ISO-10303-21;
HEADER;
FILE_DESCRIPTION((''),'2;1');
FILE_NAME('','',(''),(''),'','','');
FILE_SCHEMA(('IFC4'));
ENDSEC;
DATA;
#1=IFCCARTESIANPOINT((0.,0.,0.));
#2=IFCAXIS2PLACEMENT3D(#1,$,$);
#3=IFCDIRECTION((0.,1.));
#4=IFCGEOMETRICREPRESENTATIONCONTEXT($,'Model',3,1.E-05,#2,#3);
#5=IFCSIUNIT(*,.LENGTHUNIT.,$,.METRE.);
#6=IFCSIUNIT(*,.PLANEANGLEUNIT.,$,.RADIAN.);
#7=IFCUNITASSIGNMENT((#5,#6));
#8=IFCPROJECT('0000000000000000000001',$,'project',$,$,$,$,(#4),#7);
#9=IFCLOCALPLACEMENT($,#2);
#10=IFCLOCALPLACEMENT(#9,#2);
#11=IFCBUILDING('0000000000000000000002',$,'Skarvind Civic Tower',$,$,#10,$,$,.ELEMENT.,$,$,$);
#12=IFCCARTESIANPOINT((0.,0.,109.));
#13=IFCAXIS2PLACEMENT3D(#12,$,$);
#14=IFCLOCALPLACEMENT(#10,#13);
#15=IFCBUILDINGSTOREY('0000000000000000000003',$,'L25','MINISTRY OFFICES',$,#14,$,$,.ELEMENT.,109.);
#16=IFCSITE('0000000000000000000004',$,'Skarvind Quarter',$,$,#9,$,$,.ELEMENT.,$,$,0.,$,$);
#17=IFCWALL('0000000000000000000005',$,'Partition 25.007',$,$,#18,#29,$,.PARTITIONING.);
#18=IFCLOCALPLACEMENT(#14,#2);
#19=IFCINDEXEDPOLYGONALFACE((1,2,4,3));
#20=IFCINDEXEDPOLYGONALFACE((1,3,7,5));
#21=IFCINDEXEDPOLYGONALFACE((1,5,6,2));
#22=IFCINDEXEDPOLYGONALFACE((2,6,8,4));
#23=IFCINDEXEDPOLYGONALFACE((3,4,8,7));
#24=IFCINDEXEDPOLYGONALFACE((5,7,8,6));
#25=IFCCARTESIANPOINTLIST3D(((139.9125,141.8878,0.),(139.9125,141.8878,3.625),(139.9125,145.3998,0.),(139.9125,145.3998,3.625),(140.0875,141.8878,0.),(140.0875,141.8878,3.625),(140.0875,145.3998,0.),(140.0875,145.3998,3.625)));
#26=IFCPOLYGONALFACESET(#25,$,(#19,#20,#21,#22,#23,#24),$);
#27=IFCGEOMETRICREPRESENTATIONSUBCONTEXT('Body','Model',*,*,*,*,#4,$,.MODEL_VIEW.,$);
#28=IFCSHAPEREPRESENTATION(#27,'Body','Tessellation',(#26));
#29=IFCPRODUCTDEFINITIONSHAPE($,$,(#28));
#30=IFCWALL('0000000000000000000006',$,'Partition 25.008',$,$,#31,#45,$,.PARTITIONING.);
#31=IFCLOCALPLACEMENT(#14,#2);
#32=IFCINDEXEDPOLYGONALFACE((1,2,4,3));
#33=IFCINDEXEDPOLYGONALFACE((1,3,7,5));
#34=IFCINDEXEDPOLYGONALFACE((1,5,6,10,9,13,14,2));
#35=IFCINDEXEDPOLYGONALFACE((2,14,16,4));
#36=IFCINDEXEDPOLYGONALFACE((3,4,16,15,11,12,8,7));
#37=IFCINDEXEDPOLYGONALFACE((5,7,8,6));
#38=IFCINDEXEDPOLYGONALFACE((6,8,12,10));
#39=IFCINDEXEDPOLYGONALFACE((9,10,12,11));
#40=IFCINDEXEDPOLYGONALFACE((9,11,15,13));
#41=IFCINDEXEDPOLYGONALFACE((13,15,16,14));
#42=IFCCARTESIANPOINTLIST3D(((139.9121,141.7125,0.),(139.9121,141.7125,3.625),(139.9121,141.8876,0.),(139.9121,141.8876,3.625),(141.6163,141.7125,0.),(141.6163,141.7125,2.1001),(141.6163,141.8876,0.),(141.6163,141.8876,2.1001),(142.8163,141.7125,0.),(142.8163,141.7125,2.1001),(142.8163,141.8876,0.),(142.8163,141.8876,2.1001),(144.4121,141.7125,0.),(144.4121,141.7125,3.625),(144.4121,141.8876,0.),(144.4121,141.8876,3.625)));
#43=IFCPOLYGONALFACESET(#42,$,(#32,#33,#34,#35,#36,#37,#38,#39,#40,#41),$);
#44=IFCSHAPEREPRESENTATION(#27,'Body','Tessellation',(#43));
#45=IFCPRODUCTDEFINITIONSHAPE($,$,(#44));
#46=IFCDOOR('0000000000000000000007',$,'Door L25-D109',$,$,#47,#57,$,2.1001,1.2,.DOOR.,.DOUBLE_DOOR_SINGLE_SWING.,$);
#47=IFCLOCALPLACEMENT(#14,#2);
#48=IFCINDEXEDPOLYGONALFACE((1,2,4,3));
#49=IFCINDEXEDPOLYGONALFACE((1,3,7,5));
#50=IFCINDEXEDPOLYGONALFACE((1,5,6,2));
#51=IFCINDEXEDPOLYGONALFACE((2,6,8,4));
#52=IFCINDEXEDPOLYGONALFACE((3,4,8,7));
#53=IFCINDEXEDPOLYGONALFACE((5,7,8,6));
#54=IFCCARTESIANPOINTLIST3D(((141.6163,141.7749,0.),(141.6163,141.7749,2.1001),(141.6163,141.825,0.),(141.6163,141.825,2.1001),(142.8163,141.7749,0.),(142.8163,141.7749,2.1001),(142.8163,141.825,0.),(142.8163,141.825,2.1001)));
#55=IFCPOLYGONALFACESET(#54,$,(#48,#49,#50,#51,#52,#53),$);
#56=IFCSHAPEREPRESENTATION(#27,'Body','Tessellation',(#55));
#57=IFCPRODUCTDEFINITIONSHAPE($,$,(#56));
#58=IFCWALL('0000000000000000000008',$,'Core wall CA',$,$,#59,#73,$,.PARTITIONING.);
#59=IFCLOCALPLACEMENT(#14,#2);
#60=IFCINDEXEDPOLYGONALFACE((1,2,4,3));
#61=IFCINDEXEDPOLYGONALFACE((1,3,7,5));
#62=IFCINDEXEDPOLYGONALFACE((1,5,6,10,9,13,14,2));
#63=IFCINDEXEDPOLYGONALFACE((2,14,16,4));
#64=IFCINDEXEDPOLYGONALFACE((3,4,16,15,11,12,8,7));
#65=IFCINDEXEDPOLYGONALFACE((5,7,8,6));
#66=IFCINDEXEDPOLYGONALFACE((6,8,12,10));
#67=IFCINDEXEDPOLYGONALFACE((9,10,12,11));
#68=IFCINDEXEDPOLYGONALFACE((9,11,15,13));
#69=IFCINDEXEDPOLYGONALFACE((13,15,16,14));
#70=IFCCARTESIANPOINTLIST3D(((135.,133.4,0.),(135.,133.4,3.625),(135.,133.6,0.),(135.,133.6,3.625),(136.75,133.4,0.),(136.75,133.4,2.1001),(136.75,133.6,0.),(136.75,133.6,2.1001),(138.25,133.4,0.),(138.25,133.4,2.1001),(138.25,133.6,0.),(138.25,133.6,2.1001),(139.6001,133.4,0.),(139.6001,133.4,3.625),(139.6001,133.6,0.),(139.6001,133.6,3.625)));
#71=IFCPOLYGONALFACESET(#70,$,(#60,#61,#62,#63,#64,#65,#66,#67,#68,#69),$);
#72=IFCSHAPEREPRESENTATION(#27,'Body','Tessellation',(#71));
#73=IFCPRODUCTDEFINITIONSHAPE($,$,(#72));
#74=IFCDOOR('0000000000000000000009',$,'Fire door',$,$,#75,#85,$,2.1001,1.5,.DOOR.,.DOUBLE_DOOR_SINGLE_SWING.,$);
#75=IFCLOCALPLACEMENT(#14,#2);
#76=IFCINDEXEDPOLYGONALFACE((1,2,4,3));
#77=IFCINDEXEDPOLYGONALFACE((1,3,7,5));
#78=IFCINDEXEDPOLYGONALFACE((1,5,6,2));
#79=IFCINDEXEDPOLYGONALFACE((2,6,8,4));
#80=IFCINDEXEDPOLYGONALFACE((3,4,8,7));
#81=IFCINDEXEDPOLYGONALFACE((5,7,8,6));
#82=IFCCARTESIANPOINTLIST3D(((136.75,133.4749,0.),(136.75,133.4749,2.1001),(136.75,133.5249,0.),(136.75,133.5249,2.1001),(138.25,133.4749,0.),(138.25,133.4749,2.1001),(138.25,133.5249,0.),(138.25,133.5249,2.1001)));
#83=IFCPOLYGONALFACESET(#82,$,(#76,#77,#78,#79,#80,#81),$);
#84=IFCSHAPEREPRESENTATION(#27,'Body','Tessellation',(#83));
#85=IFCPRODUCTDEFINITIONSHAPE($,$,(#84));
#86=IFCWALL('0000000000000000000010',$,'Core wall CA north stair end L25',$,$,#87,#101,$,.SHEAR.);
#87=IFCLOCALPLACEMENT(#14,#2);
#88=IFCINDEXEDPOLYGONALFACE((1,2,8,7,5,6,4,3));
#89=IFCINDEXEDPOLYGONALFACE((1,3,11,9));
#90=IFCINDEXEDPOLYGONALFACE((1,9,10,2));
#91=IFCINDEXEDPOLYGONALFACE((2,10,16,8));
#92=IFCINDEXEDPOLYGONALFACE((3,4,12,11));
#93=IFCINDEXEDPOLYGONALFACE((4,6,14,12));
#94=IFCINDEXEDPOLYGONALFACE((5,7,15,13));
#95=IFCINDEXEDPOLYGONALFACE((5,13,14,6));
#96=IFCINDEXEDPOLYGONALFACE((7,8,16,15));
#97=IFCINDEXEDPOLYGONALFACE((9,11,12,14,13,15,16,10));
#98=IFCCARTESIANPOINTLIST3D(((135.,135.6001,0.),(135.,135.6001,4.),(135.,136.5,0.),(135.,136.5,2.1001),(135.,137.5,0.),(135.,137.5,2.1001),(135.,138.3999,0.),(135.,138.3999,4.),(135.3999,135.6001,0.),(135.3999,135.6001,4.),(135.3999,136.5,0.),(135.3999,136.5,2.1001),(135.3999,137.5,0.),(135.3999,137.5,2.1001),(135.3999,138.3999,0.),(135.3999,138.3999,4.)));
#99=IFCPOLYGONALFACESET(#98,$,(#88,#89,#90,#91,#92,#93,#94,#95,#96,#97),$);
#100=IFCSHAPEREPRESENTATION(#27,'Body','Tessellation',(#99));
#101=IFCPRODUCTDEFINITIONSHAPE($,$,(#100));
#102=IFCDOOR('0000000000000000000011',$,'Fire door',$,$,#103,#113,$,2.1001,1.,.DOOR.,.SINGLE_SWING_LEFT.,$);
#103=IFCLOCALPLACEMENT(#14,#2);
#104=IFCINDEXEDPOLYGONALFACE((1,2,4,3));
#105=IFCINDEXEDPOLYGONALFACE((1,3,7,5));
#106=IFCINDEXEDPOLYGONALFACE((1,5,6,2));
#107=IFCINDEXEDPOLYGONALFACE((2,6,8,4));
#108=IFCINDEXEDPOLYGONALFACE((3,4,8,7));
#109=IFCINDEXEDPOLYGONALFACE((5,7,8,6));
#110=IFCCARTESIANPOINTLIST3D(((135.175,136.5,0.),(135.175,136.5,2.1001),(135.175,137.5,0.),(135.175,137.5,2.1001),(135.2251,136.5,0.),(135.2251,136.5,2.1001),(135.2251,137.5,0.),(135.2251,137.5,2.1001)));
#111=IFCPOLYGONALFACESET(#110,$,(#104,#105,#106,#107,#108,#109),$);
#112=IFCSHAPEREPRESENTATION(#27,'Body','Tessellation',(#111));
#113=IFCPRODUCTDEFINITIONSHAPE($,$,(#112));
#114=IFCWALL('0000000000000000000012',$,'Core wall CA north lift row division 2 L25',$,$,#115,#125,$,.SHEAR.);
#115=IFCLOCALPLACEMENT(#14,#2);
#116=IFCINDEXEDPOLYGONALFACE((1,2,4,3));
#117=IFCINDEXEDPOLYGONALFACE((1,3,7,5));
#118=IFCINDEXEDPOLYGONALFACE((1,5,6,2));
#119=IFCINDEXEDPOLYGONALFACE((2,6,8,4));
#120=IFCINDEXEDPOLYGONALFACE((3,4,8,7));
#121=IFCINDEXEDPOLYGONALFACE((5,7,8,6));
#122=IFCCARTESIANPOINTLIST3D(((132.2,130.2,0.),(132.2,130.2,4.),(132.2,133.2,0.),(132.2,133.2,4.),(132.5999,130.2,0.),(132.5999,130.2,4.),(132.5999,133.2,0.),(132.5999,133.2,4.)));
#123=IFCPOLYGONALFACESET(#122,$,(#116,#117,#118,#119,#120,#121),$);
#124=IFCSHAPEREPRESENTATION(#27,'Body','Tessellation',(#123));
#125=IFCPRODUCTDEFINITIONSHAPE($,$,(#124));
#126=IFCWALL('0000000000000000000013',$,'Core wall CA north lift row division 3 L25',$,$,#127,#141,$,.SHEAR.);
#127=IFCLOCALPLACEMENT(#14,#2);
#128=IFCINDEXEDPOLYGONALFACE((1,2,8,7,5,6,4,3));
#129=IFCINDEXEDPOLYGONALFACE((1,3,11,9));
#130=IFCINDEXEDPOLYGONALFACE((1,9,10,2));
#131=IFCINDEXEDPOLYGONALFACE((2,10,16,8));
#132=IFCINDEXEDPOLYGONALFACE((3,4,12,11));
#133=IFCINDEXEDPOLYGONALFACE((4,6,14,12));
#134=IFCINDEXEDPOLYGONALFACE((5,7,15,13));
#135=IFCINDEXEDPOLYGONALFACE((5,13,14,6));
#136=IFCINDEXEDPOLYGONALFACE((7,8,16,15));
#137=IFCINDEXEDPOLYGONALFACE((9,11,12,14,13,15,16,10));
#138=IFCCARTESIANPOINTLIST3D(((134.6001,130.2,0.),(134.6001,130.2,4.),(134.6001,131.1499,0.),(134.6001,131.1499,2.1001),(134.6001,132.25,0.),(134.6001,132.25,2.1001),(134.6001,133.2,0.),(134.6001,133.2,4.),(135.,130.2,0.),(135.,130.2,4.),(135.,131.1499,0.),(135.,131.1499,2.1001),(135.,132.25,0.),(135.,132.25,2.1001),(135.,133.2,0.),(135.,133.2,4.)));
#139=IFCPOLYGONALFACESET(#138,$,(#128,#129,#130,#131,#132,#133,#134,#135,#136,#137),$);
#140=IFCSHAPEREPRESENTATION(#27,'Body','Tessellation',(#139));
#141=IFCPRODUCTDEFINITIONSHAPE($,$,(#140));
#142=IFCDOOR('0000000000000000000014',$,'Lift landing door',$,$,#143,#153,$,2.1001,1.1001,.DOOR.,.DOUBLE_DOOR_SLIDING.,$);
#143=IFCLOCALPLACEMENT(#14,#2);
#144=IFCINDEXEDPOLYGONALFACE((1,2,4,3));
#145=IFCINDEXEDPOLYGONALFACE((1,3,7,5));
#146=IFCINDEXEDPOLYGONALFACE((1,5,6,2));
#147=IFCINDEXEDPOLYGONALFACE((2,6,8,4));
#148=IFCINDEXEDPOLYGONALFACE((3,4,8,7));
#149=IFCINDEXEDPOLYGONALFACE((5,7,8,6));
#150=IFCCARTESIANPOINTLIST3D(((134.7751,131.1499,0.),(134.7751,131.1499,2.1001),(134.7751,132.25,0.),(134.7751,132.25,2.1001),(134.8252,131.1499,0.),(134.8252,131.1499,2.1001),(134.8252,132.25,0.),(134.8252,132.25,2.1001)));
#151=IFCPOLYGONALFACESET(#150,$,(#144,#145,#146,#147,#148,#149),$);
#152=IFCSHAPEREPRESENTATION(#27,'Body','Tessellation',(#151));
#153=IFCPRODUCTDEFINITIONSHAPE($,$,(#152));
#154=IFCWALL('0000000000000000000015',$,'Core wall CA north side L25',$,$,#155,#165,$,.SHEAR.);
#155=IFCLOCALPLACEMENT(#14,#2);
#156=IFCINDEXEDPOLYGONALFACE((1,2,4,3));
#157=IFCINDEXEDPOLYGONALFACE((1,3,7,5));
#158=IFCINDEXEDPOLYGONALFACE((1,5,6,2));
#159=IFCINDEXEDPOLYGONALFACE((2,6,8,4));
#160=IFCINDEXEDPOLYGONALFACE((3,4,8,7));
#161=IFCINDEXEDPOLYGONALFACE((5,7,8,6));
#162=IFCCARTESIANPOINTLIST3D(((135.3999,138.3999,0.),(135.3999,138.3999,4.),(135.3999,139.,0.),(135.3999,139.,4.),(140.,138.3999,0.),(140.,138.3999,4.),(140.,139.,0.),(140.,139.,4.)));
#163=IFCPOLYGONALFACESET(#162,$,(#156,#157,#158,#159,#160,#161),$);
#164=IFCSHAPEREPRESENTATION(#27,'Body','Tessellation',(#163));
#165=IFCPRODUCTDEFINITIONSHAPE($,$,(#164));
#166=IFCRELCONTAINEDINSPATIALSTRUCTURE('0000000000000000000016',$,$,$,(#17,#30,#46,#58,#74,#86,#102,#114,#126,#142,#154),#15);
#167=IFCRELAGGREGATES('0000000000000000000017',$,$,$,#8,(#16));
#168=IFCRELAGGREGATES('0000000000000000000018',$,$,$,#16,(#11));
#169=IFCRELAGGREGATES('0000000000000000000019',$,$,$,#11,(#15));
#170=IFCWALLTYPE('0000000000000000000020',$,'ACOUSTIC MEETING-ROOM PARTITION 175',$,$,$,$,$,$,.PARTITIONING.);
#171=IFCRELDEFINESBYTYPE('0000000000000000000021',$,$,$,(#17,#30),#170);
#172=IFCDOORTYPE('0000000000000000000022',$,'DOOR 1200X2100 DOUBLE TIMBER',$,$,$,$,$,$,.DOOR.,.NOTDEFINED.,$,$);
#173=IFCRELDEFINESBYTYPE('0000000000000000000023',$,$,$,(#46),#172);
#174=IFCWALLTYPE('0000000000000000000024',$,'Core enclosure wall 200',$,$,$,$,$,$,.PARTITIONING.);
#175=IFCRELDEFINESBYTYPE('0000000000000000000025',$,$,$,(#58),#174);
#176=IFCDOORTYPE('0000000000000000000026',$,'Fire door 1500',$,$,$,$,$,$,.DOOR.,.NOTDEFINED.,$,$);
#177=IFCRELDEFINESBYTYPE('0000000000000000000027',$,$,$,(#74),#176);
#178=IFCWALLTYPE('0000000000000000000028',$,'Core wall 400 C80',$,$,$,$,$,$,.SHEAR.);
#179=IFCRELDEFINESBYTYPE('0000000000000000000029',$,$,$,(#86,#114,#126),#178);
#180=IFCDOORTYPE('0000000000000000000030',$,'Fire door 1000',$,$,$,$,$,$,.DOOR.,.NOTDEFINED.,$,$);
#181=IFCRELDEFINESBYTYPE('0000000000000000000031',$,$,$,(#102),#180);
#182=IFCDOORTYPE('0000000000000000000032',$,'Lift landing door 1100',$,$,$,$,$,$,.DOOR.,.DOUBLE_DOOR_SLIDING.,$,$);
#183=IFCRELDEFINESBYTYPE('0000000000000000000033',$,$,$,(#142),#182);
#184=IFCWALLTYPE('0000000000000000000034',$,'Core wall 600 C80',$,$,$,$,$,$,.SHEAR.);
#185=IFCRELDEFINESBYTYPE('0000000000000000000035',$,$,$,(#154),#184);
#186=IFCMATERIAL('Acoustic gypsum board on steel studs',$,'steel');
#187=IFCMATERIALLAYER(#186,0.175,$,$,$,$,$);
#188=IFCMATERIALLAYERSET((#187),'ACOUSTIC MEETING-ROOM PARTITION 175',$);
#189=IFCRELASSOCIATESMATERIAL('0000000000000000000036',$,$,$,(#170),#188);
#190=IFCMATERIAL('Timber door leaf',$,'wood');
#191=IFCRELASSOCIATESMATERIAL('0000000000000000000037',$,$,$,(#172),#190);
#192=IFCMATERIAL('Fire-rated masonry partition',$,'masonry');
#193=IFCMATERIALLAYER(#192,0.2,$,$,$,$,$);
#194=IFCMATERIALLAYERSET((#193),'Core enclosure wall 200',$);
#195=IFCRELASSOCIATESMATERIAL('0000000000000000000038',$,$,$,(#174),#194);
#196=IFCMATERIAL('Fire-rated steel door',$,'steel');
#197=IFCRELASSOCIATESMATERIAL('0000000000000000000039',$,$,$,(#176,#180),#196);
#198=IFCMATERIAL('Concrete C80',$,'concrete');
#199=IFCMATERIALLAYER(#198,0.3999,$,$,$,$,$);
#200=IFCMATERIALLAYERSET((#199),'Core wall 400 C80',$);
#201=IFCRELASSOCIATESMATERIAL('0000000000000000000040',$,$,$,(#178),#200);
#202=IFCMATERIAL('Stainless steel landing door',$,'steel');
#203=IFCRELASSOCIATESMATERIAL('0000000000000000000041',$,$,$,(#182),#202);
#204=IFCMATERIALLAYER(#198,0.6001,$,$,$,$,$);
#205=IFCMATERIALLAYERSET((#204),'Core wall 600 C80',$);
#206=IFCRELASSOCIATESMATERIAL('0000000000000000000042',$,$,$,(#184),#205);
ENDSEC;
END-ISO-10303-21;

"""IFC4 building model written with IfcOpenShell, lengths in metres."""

from ifc_helpers import new_model, si_unit, direction, frame, frame_2d, origin, place, context, subcontext, project, spatial, rectangle, extrude, material, layer, layer_set, type_object, element, fill, save


model = new_model("IFC4")

# Units and contexts
model_context = context("Model", 3, precision=1e-05, world=origin(), true_north=direction((0.0, 1.0)))
body_context = subcontext(model_context, "Body", "Model", "MODEL_VIEW")
ifc_project = project(units=[si_unit("LENGTHUNIT", "METRE"), si_unit("PLANEANGLEUNIT", "RADIAN")], contexts=[model_context])

# Site, building, storey
site_placement = place(None, origin())
site = spatial("IfcSite", under=ifc_project, at=site_placement, Name="Skarvind Quarter", CompositionType="ELEMENT", RefElevation=0.0)
building_placement = place(site_placement, origin())
building = spatial("IfcBuilding", under=site, at=building_placement, Name="Skarvind Civic Tower", CompositionType="ELEMENT")
storey_placement = place(building_placement, frame((0.0, 0.0, 109.0)))
storey = spatial("IfcBuildingStorey", under=building, at=storey_placement, Name="L25", Description="MINISTRY OFFICES", CompositionType="ELEMENT", Elevation=109.0)

# Wall
ifc_material_1 = material(Name="Acoustic gypsum board on steel studs", Category="steel")
ifc_layer_1 = layer(ifc_material_1, 0.175)
ifc_layer_set_1 = layer_set([ifc_layer_1], Name="ACOUSTIC MEETING-ROOM PARTITION 175")
wall_type_1 = type_object("IfcWallType", Name="ACOUSTIC MEETING-ROOM PARTITION 175", PredefinedType="PARTITIONING", material=ifc_layer_set_1)
wall_1_placement = place(storey_placement, frame((140.0, 141.8879, 0.0), z_axis=(0.0, 0.0, 1.0), x_axis=(0.0, 1.0, 0.0)))
element("IfcWall", 1, at=wall_1_placement, inside=storey, type_object=wall_type_1, Name="Partition 25.007", PredefinedType="PARTITIONING", context=body_context, shape_type="SweptSolid", body=[
    extrude(rectangle(XDim=3.512, YDim=0.175, at=frame_2d((1.7559, 0.0))), origin(), (0.0, 0.0, 1.0), 3.625),
])

# Walls, openings, doors
wall_2_placement = place(storey_placement, frame((139.9121, 141.8, 0.0), z_axis=(0.0, 0.0, 1.0), x_axis=(1.0, 0.0, 0.0)))
wall_2 = element("IfcWall", 2, at=wall_2_placement, inside=storey, type_object=wall_type_1, Name="Partition 25.008", PredefinedType="PARTITIONING", context=body_context, shape_type="SweptSolid", body=[
    extrude(rectangle(XDim=4.5, YDim=0.175, at=frame_2d((2.25, 0.0))), origin(), (0.0, 0.0, 1.0), 3.625),
])
opening_1_placement = place(wall_2_placement, frame((1.7041, 0.0, 0.0)))
opening_1 = element("IfcOpeningElement", 3, at=opening_1_placement, cuts=wall_2, PredefinedType="OPENING", context=body_context, shape_type="SweptSolid", body=[
    extrude(rectangle(XDim=1.2, YDim=2.1001, at=frame_2d((0.6001, 1.05))), frame((0.0, 0.0974, 0.0), z_axis=(0.0, -1.0, 0.0), x_axis=(1.0, 0.0, 0.0)), (0.0, 0.0, 1.0), 0.1951),
])
ifc_material_2 = material(Name="Timber door leaf", Category="wood")
door_type_1 = type_object("IfcDoorType", Name="DOOR 1200X2100 DOUBLE TIMBER", OperationType="NOTDEFINED", PredefinedType="DOOR", material=ifc_material_2)
door_1_placement = place(opening_1_placement, origin())
door_1 = element("IfcDoor", 4, at=door_1_placement, inside=storey, type_object=door_type_1, Name="Door L25-D109", OperationType="DOUBLE_DOOR_SINGLE_SWING", OverallHeight=2.1001, OverallWidth=1.2, PredefinedType="DOOR", context=body_context, shape_type="SweptSolid", body=[
    extrude(rectangle(XDim=1.2, YDim=2.1001, at=frame_2d((0.6001, 1.05))), frame((0.0, 0.0249, 0.0), z_axis=(0.0, -1.0, 0.0), x_axis=(1.0, 0.0, 0.0)), (0.0, 0.0, 1.0), 0.05),
])
fill(opening_1, door_1)
ifc_material_3 = material(Name="Fire-rated masonry partition", Category="masonry")
ifc_layer_2 = layer(ifc_material_3, 0.2)
ifc_layer_set_2 = layer_set([ifc_layer_2], Name="Core enclosure wall 200")
wall_type_2 = type_object("IfcWallType", Name="Core enclosure wall 200", PredefinedType="PARTITIONING", material=ifc_layer_set_2)
wall_3_placement = place(storey_placement, frame((135.0, 133.5, 0.0), z_axis=(0.0, 0.0, 1.0), x_axis=(1.0, 0.0, 0.0)))
wall_3 = element("IfcWall", 5, at=wall_3_placement, inside=storey, type_object=wall_type_2, Name="Core wall CA", PredefinedType="PARTITIONING", context=body_context, shape_type="SweptSolid", body=[
    extrude(rectangle(XDim=4.6001, YDim=0.2, at=frame_2d((2.3, 0.0))), origin(), (0.0, 0.0, 1.0), 3.625),
])
opening_2_placement = place(wall_3_placement, frame((1.75, 0.0, 0.0)))
opening_2 = element("IfcOpeningElement", 6, at=opening_2_placement, cuts=wall_3, PredefinedType="OPENING", context=body_context, shape_type="SweptSolid", body=[
    extrude(rectangle(XDim=1.5, YDim=2.1001, at=frame_2d((0.75, 1.05))), frame((0.0, 0.1099, 0.0), z_axis=(0.0, -1.0, 0.0), x_axis=(1.0, 0.0, 0.0)), (0.0, 0.0, 1.0), 0.22),
])
ifc_material_4 = material(Name="Fire-rated steel door", Category="steel")
door_type_2 = type_object("IfcDoorType", Name="Fire door 1500", OperationType="NOTDEFINED", PredefinedType="DOOR", material=ifc_material_4)
door_2_placement = place(opening_2_placement, origin())
door_2 = element("IfcDoor", 7, at=door_2_placement, inside=storey, type_object=door_type_2, Name="Fire door", OperationType="DOUBLE_DOOR_SINGLE_SWING", OverallHeight=2.1001, OverallWidth=1.5, PredefinedType="DOOR", context=body_context, shape_type="SweptSolid", body=[
    extrude(rectangle(XDim=1.5, YDim=2.1001, at=frame_2d((0.75, 1.05))), frame((0.0, 0.0249, 0.0), z_axis=(0.0, -1.0, 0.0), x_axis=(1.0, 0.0, 0.0)), (0.0, 0.0, 1.0), 0.05),
])
fill(opening_2, door_2)
ifc_material_5 = material(Name="Concrete C80", Category="concrete")
ifc_layer_3 = layer(ifc_material_5, 0.3999)
ifc_layer_set_3 = layer_set([ifc_layer_3], Name="Core wall 400 C80")
wall_type_3 = type_object("IfcWallType", Name="Core wall 400 C80", PredefinedType="SHEAR", material=ifc_layer_set_3)
wall_4_placement = place(storey_placement, frame((135.2, 135.6001, 0.0), z_axis=(0.0, 0.0, 1.0), x_axis=(0.0, 1.0, 0.0)))
wall_4 = element("IfcWall", 8, at=wall_4_placement, inside=storey, type_object=wall_type_3, Name="Core wall CA north stair end L25", PredefinedType="SHEAR", context=body_context, shape_type="SweptSolid", body=[
    extrude(rectangle(XDim=2.7998, YDim=0.3999, at=frame_2d((1.3999, 0.0))), origin(), (0.0, 0.0, 1.0), 4.0),
])
opening_3_placement = place(wall_4_placement, frame((0.8999, 0.0, 0.0)))
opening_3 = element("IfcOpeningElement", 9, at=opening_3_placement, cuts=wall_4, PredefinedType="OPENING", context=body_context, shape_type="SweptSolid", body=[
    extrude(rectangle(XDim=1.0, YDim=2.1001, at=frame_2d((0.5, 1.05))), frame((0.0, 0.21, 0.0), z_axis=(0.0, -1.0, 0.0), x_axis=(1.0, 0.0, 0.0)), (0.0, 0.0, 1.0), 0.4199),
])
door_type_3 = type_object("IfcDoorType", Name="Fire door 1000", OperationType="NOTDEFINED", PredefinedType="DOOR", material=ifc_material_4)
door_3_placement = place(opening_3_placement, origin())
door_3 = element("IfcDoor", 10, at=door_3_placement, inside=storey, type_object=door_type_3, Name="Fire door", OperationType="SINGLE_SWING_LEFT", OverallHeight=2.1001, OverallWidth=1.0, PredefinedType="DOOR", context=body_context, shape_type="SweptSolid", body=[
    extrude(rectangle(XDim=1.0, YDim=2.1001, at=frame_2d((0.5, 1.05))), frame((0.0, 0.0249, 0.0), z_axis=(0.0, -1.0, 0.0), x_axis=(1.0, 0.0, 0.0)), (0.0, 0.0, 1.0), 0.05),
])
fill(opening_3, door_3)

# Wall
wall_5_placement = place(storey_placement, frame((132.3999, 130.2, 0.0), z_axis=(0.0, 0.0, 1.0), x_axis=(0.0, 1.0, 0.0)))
element("IfcWall", 11, at=wall_5_placement, inside=storey, type_object=wall_type_3, Name="Core wall CA north lift row division 2 L25", PredefinedType="SHEAR", context=body_context, shape_type="SweptSolid", body=[
    extrude(rectangle(XDim=3.0, YDim=0.3999, at=frame_2d((1.5, 0.0))), origin(), (0.0, 0.0, 1.0), 4.0),
])

# Wall, opening, door
wall_6_placement = place(storey_placement, frame((134.8, 130.2, 0.0), z_axis=(0.0, 0.0, 1.0), x_axis=(0.0, 1.0, 0.0)))
wall_6 = element("IfcWall", 12, at=wall_6_placement, inside=storey, type_object=wall_type_3, Name="Core wall CA north lift row division 3 L25", PredefinedType="SHEAR", context=body_context, shape_type="SweptSolid", body=[
    extrude(rectangle(XDim=3.0, YDim=0.3999, at=frame_2d((1.5, 0.0))), origin(), (0.0, 0.0, 1.0), 4.0),
])
opening_4_placement = place(wall_6_placement, frame((0.95, 0.0, 0.0)))
opening_4 = element("IfcOpeningElement", 13, at=opening_4_placement, cuts=wall_6, PredefinedType="OPENING", context=body_context, shape_type="SweptSolid", body=[
    extrude(rectangle(XDim=1.1001, YDim=2.1001, at=frame_2d((0.55, 1.05))), frame((0.0, 0.21, 0.0), z_axis=(0.0, -1.0, 0.0), x_axis=(1.0, 0.0, 0.0)), (0.0, 0.0, 1.0), 0.4199),
])
ifc_material_6 = material(Name="Stainless steel landing door", Category="steel")
door_type_4 = type_object("IfcDoorType", Name="Lift landing door 1100", OperationType="DOUBLE_DOOR_SLIDING", PredefinedType="DOOR", material=ifc_material_6)
door_4_placement = place(opening_4_placement, origin())
door_4 = element("IfcDoor", 14, at=door_4_placement, inside=storey, type_object=door_type_4, Name="Lift landing door", OperationType="DOUBLE_DOOR_SLIDING", OverallHeight=2.1001, OverallWidth=1.1001, PredefinedType="DOOR", context=body_context, shape_type="SweptSolid", body=[
    extrude(rectangle(XDim=1.1001, YDim=2.1001, at=frame_2d((0.55, 1.05))), frame((0.0, 0.0249, 0.0), z_axis=(0.0, -1.0, 0.0), x_axis=(1.0, 0.0, 0.0)), (0.0, 0.0, 1.0), 0.05),
])
fill(opening_4, door_4)

# Wall
ifc_layer_4 = layer(ifc_material_5, 0.6001)
ifc_layer_set_4 = layer_set([ifc_layer_4], Name="Core wall 600 C80")
wall_type_4 = type_object("IfcWallType", Name="Core wall 600 C80", PredefinedType="SHEAR", material=ifc_layer_set_4)
wall_7_placement = place(storey_placement, frame((135.3999, 138.7, 0.0), z_axis=(0.0, 0.0, 1.0), x_axis=(1.0, 0.0, 0.0)))
element("IfcWall", 15, at=wall_7_placement, inside=storey, type_object=wall_type_4, Name="Core wall CA north side L25", PredefinedType="SHEAR", context=body_context, shape_type="SweptSolid", body=[
    extrude(rectangle(XDim=4.6001, YDim=0.6001, at=frame_2d((2.3, 0.0))), origin(), (0.0, 0.0, 1.0), 4.0),
])

save(model, "model.ifc")
